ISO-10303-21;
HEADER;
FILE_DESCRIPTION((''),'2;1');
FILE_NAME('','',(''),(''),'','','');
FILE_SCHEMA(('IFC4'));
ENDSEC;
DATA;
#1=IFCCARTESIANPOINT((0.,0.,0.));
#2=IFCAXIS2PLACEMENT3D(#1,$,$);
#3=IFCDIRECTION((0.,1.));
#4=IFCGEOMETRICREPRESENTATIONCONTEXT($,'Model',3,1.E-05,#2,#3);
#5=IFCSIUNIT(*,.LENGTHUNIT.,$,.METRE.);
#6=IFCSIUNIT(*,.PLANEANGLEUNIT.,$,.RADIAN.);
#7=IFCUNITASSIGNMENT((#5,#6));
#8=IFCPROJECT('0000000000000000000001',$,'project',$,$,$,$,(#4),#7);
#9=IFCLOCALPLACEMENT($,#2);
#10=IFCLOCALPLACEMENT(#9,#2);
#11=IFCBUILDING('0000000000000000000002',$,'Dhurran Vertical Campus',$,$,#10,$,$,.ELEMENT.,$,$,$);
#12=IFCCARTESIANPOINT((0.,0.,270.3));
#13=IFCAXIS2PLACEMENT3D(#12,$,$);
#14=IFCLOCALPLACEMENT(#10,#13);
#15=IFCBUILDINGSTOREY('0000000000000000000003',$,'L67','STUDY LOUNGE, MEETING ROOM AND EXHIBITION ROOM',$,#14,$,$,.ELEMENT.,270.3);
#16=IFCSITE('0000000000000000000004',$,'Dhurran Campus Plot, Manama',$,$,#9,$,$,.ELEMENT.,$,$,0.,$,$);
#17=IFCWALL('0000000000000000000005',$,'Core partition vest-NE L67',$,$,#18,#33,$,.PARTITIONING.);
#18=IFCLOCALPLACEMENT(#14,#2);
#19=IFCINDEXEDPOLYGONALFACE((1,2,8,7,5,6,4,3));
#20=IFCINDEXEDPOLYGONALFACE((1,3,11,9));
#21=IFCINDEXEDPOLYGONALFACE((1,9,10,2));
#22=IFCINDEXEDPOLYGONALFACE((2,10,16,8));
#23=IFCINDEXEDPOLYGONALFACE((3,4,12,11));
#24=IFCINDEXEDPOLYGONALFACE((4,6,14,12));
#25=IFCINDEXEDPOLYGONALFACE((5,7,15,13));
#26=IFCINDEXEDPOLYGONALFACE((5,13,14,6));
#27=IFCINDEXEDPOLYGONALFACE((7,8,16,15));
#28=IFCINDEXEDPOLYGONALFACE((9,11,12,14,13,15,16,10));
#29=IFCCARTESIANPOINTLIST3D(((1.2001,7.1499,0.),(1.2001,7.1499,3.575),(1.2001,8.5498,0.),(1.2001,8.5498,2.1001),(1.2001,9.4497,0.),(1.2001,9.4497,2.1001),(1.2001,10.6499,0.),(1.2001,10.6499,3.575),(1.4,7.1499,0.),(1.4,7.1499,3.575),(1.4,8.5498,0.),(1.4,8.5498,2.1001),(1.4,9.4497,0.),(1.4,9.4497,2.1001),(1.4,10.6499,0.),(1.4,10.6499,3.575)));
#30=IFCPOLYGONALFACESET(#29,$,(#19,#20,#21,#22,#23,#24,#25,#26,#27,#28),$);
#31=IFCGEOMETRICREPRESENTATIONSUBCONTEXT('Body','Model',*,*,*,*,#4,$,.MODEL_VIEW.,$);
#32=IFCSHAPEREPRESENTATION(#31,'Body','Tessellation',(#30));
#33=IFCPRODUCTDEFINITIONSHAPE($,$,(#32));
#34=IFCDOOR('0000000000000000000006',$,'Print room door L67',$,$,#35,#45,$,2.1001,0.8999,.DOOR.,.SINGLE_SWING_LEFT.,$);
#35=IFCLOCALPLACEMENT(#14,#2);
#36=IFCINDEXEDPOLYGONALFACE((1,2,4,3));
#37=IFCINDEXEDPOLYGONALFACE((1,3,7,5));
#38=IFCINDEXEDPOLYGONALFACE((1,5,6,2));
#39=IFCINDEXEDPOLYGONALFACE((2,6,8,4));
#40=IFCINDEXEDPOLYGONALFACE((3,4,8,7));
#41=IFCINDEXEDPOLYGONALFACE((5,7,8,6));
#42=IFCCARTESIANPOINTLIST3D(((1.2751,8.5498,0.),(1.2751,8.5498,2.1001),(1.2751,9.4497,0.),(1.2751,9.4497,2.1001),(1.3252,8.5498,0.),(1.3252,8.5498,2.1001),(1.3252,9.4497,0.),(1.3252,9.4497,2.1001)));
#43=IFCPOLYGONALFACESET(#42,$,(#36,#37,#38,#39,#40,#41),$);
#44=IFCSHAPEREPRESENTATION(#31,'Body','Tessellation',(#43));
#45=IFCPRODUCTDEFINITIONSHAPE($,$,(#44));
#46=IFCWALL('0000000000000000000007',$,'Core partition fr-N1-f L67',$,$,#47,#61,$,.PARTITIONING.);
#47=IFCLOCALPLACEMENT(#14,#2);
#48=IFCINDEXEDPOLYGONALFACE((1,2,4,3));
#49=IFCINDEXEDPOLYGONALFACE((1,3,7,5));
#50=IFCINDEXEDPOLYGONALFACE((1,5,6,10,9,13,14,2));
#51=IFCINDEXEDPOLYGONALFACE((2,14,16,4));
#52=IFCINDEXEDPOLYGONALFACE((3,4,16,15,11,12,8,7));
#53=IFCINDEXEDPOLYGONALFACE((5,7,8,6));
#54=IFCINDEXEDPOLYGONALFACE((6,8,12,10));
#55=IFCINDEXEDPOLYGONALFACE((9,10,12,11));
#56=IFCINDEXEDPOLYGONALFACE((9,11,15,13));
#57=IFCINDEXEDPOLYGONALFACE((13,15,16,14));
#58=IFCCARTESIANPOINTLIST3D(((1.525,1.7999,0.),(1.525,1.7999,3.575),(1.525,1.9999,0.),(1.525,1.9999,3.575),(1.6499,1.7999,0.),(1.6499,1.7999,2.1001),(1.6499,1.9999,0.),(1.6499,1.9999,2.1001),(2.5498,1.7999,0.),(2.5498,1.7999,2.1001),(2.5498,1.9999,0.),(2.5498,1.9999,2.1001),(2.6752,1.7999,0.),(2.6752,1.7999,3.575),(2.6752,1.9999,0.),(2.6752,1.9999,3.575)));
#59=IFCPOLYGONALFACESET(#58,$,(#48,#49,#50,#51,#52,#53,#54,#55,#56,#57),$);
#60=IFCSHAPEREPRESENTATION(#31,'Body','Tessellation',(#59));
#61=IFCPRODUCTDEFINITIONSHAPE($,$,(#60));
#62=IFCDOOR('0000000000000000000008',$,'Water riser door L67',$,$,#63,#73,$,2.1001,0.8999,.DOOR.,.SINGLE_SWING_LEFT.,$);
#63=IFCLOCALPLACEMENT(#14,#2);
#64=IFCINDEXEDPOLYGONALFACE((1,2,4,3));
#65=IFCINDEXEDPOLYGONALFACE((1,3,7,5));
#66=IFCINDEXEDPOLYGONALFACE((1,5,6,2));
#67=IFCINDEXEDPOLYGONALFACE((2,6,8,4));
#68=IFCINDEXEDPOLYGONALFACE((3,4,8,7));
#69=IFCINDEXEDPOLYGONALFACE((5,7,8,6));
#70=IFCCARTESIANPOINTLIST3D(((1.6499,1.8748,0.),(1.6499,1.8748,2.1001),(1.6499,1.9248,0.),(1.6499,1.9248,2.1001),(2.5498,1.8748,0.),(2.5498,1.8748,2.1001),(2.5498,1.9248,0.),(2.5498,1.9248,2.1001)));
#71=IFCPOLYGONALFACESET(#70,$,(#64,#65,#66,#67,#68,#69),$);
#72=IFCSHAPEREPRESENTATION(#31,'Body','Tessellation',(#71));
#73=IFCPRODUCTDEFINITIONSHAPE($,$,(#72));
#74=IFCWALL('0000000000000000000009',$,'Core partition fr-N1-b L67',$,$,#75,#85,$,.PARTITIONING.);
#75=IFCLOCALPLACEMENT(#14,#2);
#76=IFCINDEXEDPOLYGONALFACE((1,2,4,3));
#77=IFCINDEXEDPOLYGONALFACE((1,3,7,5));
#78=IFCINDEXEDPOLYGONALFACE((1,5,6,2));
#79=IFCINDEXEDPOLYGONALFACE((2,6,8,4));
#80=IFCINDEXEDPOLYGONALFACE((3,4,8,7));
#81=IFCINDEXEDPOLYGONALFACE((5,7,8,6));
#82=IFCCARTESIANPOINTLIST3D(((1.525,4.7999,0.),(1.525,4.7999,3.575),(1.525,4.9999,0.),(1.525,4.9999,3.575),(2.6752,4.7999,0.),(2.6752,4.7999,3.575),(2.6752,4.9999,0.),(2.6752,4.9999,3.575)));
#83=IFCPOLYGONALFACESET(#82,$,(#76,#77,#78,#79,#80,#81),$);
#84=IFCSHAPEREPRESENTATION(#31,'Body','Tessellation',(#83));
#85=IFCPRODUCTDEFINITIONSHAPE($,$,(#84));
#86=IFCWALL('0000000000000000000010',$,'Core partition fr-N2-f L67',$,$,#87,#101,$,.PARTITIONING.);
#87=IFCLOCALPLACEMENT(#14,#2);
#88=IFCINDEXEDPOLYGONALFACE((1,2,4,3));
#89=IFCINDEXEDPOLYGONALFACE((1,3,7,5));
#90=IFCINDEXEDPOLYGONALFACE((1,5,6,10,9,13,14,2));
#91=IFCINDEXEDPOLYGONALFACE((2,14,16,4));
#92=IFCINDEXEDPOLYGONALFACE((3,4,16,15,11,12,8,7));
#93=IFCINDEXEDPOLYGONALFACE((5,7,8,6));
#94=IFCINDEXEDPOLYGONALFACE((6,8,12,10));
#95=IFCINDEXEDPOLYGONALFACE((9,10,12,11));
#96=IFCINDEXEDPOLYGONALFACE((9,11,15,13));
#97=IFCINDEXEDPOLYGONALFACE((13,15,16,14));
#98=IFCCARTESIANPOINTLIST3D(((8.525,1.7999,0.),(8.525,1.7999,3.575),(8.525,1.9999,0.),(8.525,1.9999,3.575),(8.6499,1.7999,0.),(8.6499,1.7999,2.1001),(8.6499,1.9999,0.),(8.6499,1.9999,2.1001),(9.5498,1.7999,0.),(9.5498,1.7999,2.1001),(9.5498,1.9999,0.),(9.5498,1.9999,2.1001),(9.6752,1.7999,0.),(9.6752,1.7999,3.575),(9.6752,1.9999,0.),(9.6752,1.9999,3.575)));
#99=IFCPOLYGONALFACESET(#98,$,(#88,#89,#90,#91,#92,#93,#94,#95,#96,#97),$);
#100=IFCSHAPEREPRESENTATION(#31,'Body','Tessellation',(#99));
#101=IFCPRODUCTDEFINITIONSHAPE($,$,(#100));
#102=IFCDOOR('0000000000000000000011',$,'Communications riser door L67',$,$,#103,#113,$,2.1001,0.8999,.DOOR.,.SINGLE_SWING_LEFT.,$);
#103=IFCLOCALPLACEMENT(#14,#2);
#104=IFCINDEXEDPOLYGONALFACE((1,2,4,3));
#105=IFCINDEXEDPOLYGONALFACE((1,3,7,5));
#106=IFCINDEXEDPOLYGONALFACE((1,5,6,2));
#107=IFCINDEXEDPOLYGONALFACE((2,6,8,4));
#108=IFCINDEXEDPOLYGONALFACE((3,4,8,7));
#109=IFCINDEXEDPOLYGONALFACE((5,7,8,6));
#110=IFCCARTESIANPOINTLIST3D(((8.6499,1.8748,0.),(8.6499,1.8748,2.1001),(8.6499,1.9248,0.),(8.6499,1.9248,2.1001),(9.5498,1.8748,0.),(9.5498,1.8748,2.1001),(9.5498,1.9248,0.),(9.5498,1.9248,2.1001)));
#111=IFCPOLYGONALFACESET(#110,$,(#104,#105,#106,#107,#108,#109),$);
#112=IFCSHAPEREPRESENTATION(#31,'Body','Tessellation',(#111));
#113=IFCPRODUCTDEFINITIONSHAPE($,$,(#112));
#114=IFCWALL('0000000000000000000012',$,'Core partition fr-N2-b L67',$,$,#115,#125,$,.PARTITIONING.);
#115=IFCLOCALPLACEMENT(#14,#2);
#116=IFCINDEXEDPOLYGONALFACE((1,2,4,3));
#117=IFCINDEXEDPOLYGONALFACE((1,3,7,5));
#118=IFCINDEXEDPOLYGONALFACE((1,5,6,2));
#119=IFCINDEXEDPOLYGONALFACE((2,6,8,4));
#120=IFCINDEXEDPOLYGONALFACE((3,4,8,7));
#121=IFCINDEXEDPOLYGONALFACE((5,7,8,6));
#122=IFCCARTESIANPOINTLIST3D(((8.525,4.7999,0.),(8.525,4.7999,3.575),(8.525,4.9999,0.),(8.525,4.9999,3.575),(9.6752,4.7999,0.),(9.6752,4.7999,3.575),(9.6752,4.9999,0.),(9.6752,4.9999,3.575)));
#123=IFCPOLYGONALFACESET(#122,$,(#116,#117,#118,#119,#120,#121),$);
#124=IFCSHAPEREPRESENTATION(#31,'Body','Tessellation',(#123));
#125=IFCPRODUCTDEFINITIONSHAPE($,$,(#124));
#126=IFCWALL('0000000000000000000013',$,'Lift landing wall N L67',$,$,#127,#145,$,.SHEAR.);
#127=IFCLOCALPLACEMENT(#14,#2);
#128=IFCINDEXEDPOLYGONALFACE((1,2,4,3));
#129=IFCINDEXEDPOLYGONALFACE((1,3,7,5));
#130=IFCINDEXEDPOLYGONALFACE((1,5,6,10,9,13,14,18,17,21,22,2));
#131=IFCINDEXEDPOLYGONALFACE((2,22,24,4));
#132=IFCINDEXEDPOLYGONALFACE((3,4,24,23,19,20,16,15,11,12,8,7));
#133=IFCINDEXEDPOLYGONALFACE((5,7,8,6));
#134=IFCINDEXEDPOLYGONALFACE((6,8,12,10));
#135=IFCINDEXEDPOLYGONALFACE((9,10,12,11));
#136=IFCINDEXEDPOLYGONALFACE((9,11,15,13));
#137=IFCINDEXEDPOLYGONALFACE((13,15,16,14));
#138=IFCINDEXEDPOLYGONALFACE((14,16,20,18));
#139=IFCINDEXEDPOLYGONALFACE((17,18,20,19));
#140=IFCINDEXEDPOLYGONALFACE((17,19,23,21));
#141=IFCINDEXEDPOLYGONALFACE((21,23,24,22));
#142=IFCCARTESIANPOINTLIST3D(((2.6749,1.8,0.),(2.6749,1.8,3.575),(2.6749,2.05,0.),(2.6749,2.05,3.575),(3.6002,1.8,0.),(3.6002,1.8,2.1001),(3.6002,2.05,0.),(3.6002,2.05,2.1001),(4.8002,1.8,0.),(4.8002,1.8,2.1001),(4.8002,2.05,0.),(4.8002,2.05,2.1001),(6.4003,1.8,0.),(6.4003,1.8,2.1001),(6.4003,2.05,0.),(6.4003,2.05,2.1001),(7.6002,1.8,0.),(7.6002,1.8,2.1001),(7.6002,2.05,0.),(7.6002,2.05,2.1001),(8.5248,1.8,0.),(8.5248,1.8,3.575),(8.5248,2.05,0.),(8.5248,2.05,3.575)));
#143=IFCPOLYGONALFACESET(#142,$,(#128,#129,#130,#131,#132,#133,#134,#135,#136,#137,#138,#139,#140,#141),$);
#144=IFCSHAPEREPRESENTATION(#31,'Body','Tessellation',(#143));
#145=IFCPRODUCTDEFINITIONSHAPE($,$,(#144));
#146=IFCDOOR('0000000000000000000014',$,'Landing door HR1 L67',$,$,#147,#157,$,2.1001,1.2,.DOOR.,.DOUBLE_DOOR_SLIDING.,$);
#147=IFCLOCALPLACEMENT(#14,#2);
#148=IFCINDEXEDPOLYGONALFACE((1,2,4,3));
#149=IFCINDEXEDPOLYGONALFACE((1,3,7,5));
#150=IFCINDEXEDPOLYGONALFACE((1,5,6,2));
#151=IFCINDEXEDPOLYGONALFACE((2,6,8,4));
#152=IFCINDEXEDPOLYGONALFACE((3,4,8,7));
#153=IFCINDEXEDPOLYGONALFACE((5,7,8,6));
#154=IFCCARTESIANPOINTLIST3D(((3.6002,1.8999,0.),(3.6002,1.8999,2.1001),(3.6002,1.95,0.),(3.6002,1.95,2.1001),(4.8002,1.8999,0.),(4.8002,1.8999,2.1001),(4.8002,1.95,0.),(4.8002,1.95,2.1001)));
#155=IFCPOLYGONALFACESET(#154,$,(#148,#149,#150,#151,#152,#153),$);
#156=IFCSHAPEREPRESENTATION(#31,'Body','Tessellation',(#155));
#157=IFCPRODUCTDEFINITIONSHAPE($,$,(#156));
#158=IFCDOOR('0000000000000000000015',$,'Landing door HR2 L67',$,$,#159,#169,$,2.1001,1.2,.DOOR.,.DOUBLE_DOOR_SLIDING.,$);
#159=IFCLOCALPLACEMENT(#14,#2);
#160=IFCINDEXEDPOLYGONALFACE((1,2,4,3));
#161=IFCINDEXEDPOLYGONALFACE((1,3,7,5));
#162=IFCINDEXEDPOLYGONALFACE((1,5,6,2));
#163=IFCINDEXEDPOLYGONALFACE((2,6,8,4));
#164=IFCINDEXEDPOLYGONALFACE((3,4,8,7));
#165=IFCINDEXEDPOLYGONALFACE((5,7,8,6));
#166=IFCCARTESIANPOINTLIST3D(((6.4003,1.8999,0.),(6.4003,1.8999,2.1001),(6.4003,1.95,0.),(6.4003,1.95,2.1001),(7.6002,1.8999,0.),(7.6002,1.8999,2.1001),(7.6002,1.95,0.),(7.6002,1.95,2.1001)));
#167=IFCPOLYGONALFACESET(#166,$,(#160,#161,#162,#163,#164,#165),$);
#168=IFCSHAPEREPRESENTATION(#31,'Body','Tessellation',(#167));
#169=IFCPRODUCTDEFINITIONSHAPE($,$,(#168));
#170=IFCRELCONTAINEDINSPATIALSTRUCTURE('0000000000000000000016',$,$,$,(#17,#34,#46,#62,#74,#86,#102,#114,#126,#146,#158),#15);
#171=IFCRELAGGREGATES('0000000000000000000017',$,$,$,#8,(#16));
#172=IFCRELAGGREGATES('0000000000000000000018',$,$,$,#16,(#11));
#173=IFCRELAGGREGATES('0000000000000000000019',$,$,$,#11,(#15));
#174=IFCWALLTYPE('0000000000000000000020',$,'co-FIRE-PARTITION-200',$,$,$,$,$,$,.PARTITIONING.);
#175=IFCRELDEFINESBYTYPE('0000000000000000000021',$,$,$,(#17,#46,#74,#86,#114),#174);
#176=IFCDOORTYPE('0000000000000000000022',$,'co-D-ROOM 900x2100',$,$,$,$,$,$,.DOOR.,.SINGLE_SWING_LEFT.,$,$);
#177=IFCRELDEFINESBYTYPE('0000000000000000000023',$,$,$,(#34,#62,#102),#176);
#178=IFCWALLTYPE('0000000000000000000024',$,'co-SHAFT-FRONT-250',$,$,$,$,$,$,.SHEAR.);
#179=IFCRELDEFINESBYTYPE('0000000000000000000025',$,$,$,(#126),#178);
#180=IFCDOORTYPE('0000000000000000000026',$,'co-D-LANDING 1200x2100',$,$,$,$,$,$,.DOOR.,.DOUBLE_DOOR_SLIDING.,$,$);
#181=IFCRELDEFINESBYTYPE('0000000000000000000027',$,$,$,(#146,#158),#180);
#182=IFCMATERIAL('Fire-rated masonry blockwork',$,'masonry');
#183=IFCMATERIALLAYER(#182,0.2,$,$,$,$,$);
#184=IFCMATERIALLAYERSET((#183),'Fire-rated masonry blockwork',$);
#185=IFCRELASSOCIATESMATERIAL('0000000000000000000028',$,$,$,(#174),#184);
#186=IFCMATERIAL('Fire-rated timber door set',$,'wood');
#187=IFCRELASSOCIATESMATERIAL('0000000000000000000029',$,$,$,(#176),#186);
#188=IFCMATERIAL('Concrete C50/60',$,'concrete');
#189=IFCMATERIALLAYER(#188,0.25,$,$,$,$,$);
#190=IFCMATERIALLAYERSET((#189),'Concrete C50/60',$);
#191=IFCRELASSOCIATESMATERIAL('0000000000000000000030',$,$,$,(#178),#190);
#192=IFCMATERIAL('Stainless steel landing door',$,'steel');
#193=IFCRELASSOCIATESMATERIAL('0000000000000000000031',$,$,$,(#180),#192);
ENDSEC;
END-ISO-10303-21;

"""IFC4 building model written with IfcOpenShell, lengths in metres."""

from ifc_helpers import new_model, si_unit, direction, frame, frame_2d, origin, place, context, subcontext, project, spatial, rectangle, extrude, material, layer, layer_set, type_object, element, fill, save


model = new_model("IFC4")

# Units and contexts
model_context = context("Model", 3, precision=1e-05, world=origin(), true_north=direction((0.0, 1.0)))
body_context = subcontext(model_context, "Body", "Model", "MODEL_VIEW")
ifc_project = project(units=[si_unit("LENGTHUNIT", "METRE"), si_unit("PLANEANGLEUNIT", "RADIAN")], contexts=[model_context])

# Site, building, storey
site_placement = place(None, origin())
site = spatial("IfcSite", under=ifc_project, at=site_placement, Name="Dhurran Campus Plot, Manama", CompositionType="ELEMENT", RefElevation=0.0)
building_placement = place(site_placement, origin())
building = spatial("IfcBuilding", under=site, at=building_placement, Name="Dhurran Vertical Campus", CompositionType="ELEMENT")
storey_placement = place(building_placement, frame((0.0, 0.0, 270.3)))
storey = spatial("IfcBuildingStorey", under=building, at=storey_placement, Name="L67", Description="STUDY LOUNGE, MEETING ROOM AND EXHIBITION ROOM", CompositionType="ELEMENT", Elevation=270.3)

# Walls, openings, doors
ifc_material_1 = material(Name="Fire-rated masonry blockwork", Category="masonry")
ifc_layer_1 = layer(ifc_material_1, 0.2)
ifc_layer_set_1 = layer_set([ifc_layer_1], Name="Fire-rated masonry blockwork")
wall_type_1 = type_object("IfcWallType", Name="co-FIRE-PARTITION-200", PredefinedType="PARTITIONING", material=ifc_layer_set_1)
wall_1_placement = place(storey_placement, frame((1.3, 7.1499, 0.0), z_axis=(0.0, 0.0, 1.0), x_axis=(0.0, 1.0, 0.0)))
wall_1 = element("IfcWall", 1, at=wall_1_placement, inside=storey, type_object=wall_type_1, Name="Core partition vest-NE L67", PredefinedType="PARTITIONING", context=body_context, shape_type="SweptSolid", body=[
    extrude(rectangle(XDim=3.5, YDim=0.2, at=frame_2d((1.75, 0.0))), origin(), (0.0, 0.0, 1.0), 3.575),
])
opening_1_placement = place(wall_1_placement, frame((1.3999, 0.0, 0.0)))
opening_1 = element("IfcOpeningElement", 2, at=opening_1_placement, cuts=wall_1, PredefinedType="OPENING", context=body_context, shape_type="SweptSolid", body=[
    extrude(rectangle(XDim=0.8999, YDim=2.1001, at=frame_2d((0.45, 1.05))), frame((0.0, 0.1099, 0.0), z_axis=(0.0, -1.0, 0.0), x_axis=(1.0, 0.0, 0.0)), (0.0, 0.0, 1.0), 0.22),
])
ifc_material_2 = material(Name="Fire-rated timber door set", Category="wood")
door_type_1 = type_object("IfcDoorType", Name="co-D-ROOM 900x2100", OperationType="SINGLE_SWING_LEFT", PredefinedType="DOOR", material=ifc_material_2)
door_1_placement = place(opening_1_placement, origin())
door_1 = element("IfcDoor", 3, at=door_1_placement, inside=storey, type_object=door_type_1, Name="Print room door L67", OperationType="SINGLE_SWING_LEFT", OverallHeight=2.1001, OverallWidth=0.8999, PredefinedType="DOOR", context=body_context, shape_type="SweptSolid", body=[
    extrude(rectangle(XDim=0.8999, YDim=2.1001, at=frame_2d((0.45, 1.05))), frame((0.0, 0.0249, 0.0), z_axis=(0.0, -1.0, 0.0), x_axis=(1.0, 0.0, 0.0)), (0.0, 0.0, 1.0), 0.05),
])
fill(opening_1, door_1)
wall_2_placement = place(storey_placement, frame((1.5249, 1.8999, 0.0), z_axis=(0.0, 0.0, 1.0), x_axis=(1.0, 0.0, 0.0)))
wall_2 = element("IfcWall", 4, at=wall_2_placement, inside=storey, type_object=wall_type_1, Name="Core partition fr-N1-f L67", PredefinedType="PARTITIONING", context=body_context, shape_type="SweptSolid", body=[
    extrude(rectangle(XDim=1.1501, YDim=0.2, at=frame_2d((0.5752, 0.0))), origin(), (0.0, 0.0, 1.0), 3.575),
])
opening_2_placement = place(wall_2_placement, frame((0.125, 0.0, 0.0)))
opening_2 = element("IfcOpeningElement", 5, at=opening_2_placement, cuts=wall_2, PredefinedType="OPENING", context=body_context, shape_type="SweptSolid", body=[
    extrude(rectangle(XDim=0.8999, YDim=2.1001, at=frame_2d((0.45, 1.05))), frame((0.0, 0.1099, 0.0), z_axis=(0.0, -1.0, 0.0), x_axis=(1.0, 0.0, 0.0)), (0.0, 0.0, 1.0), 0.22),
])
door_2_placement = place(opening_2_placement, origin())
door_2 = element("IfcDoor", 6, at=door_2_placement, inside=storey, type_object=door_type_1, Name="Water riser door L67", OperationType="SINGLE_SWING_LEFT", OverallHeight=2.1001, OverallWidth=0.8999, PredefinedType="DOOR", context=body_context, shape_type="SweptSolid", body=[
    extrude(rectangle(XDim=0.8999, YDim=2.1001, at=frame_2d((0.45, 1.05))), frame((0.0, 0.0249, 0.0), z_axis=(0.0, -1.0, 0.0), x_axis=(1.0, 0.0, 0.0)), (0.0, 0.0, 1.0), 0.05),
])
fill(opening_2, door_2)

# Wall
wall_3_placement = place(storey_placement, frame((1.5249, 4.8999, 0.0), z_axis=(0.0, 0.0, 1.0), x_axis=(1.0, 0.0, 0.0)))
element("IfcWall", 7, at=wall_3_placement, inside=storey, type_object=wall_type_1, Name="Core partition fr-N1-b L67", PredefinedType="PARTITIONING", context=body_context, shape_type="SweptSolid", body=[
    extrude(rectangle(XDim=1.1501, YDim=0.2, at=frame_2d((0.5752, 0.0))), origin(), (0.0, 0.0, 1.0), 3.575),
])

# Wall, opening, door
wall_4_placement = place(storey_placement, frame((8.5249, 1.8999, 0.0), z_axis=(0.0, 0.0, 1.0), x_axis=(1.0, 0.0, 0.0)))
wall_4 = element("IfcWall", 8, at=wall_4_placement, inside=storey, type_object=wall_type_1, Name="Core partition fr-N2-f L67", PredefinedType="PARTITIONING", context=body_context, shape_type="SweptSolid", body=[
    extrude(rectangle(XDim=1.1501, YDim=0.2, at=frame_2d((0.5752, 0.0))), origin(), (0.0, 0.0, 1.0), 3.575),
])
opening_3_placement = place(wall_4_placement, frame((0.125, 0.0, 0.0)))
opening_3 = element("IfcOpeningElement", 9, at=opening_3_placement, cuts=wall_4, PredefinedType="OPENING", context=body_context, shape_type="SweptSolid", body=[
    extrude(rectangle(XDim=0.8999, YDim=2.1001, at=frame_2d((0.45, 1.05))), frame((0.0, 0.1099, 0.0), z_axis=(0.0, -1.0, 0.0), x_axis=(1.0, 0.0, 0.0)), (0.0, 0.0, 1.0), 0.22),
])
door_3_placement = place(opening_3_placement, origin())
door_3 = element("IfcDoor", 10, at=door_3_placement, inside=storey, type_object=door_type_1, Name="Communications riser door L67", OperationType="SINGLE_SWING_LEFT", OverallHeight=2.1001, OverallWidth=0.8999, PredefinedType="DOOR", context=body_context, shape_type="SweptSolid", body=[
    extrude(rectangle(XDim=0.8999, YDim=2.1001, at=frame_2d((0.45, 1.05))), frame((0.0, 0.0249, 0.0), z_axis=(0.0, -1.0, 0.0), x_axis=(1.0, 0.0, 0.0)), (0.0, 0.0, 1.0), 0.05),
])
fill(opening_3, door_3)

# Wall
wall_5_placement = place(storey_placement, frame((8.5249, 4.8999, 0.0), z_axis=(0.0, 0.0, 1.0), x_axis=(1.0, 0.0, 0.0)))
element("IfcWall", 11, at=wall_5_placement, inside=storey, type_object=wall_type_1, Name="Core partition fr-N2-b L67", PredefinedType="PARTITIONING", context=body_context, shape_type="SweptSolid", body=[
    extrude(rectangle(XDim=1.1501, YDim=0.2, at=frame_2d((0.5752, 0.0))), origin(), (0.0, 0.0, 1.0), 3.575),
])

# Wall, openings, doors
ifc_material_3 = material(Name="Concrete C50/60", Category="concrete")
ifc_layer_2 = layer(ifc_material_3, 0.25)
ifc_layer_set_2 = layer_set([ifc_layer_2], Name="Concrete C50/60")
wall_type_2 = type_object("IfcWallType", Name="co-SHAFT-FRONT-250", PredefinedType="SHEAR", material=ifc_layer_set_2)
wall_6_placement = place(storey_placement, frame((2.675, 1.925, 0.0), z_axis=(0.0, 0.0, 1.0), x_axis=(1.0, 0.0, 0.0)))
wall_6 = element("IfcWall", 12, at=wall_6_placement, inside=storey, type_object=wall_type_2, Name="Lift landing wall N L67", PredefinedType="SHEAR", context=body_context, shape_type="SweptSolid", body=[
    extrude(rectangle(XDim=5.8499, YDim=0.25, at=frame_2d((2.9248, 0.0))), origin(), (0.0, 0.0, 1.0), 3.575),
])
opening_4_placement = place(wall_6_placement, frame((0.925, 0.0, 0.0)))
opening_4 = element("IfcOpeningElement", 13, at=opening_4_placement, cuts=wall_6, PredefinedType="OPENING", context=body_context, shape_type="SweptSolid", body=[
    extrude(rectangle(XDim=1.2, YDim=2.1001, at=frame_2d((0.6001, 1.05))), frame((0.0, 0.135, 0.0), z_axis=(0.0, -1.0, 0.0), x_axis=(1.0, 0.0, 0.0)), (0.0, 0.0, 1.0), 0.27),
])
opening_5_placement = place(wall_6_placement, frame((3.7251, 0.0, 0.0)))
opening_5 = element("IfcOpeningElement", 14, at=opening_5_placement, cuts=wall_6, PredefinedType="OPENING", context=body_context, shape_type="SweptSolid", body=[
    extrude(rectangle(XDim=1.2, YDim=2.1001, at=frame_2d((0.6001, 1.05))), frame((0.0, 0.135, 0.0), z_axis=(0.0, -1.0, 0.0), x_axis=(1.0, 0.0, 0.0)), (0.0, 0.0, 1.0), 0.27),
])
ifc_material_4 = material(Name="Stainless steel landing door", Category="steel")
door_type_2 = type_object("IfcDoorType", Name="co-D-LANDING 1200x2100", OperationType="DOUBLE_DOOR_SLIDING", PredefinedType="DOOR", material=ifc_material_4)
door_4_placement = place(opening_4_placement, origin())
door_4 = element("IfcDoor", 15, at=door_4_placement, inside=storey, type_object=door_type_2, Name="Landing door HR1 L67", OperationType="DOUBLE_DOOR_SLIDING", OverallHeight=2.1001, OverallWidth=1.2, PredefinedType="DOOR", context=body_context, shape_type="SweptSolid", body=[
    extrude(rectangle(XDim=1.2, YDim=2.1001, at=frame_2d((0.6001, 1.05))), frame((0.0, 0.0249, 0.0), z_axis=(0.0, -1.0, 0.0), x_axis=(1.0, 0.0, 0.0)), (0.0, 0.0, 1.0), 0.05),
])
fill(opening_4, door_4)
door_5_placement = place(opening_5_placement, origin())
door_5 = element("IfcDoor", 16, at=door_5_placement, inside=storey, type_object=door_type_2, Name="Landing door HR2 L67", OperationType="DOUBLE_DOOR_SLIDING", OverallHeight=2.1001, OverallWidth=1.2, PredefinedType="DOOR", context=body_context, shape_type="SweptSolid", body=[
    extrude(rectangle(XDim=1.2, YDim=2.1001, at=frame_2d((0.6001, 1.05))), frame((0.0, 0.0249, 0.0), z_axis=(0.0, -1.0, 0.0), x_axis=(1.0, 0.0, 0.0)), (0.0, 0.0, 1.0), 0.05),
])
fill(opening_5, door_5)

save(model, "model.ifc")
